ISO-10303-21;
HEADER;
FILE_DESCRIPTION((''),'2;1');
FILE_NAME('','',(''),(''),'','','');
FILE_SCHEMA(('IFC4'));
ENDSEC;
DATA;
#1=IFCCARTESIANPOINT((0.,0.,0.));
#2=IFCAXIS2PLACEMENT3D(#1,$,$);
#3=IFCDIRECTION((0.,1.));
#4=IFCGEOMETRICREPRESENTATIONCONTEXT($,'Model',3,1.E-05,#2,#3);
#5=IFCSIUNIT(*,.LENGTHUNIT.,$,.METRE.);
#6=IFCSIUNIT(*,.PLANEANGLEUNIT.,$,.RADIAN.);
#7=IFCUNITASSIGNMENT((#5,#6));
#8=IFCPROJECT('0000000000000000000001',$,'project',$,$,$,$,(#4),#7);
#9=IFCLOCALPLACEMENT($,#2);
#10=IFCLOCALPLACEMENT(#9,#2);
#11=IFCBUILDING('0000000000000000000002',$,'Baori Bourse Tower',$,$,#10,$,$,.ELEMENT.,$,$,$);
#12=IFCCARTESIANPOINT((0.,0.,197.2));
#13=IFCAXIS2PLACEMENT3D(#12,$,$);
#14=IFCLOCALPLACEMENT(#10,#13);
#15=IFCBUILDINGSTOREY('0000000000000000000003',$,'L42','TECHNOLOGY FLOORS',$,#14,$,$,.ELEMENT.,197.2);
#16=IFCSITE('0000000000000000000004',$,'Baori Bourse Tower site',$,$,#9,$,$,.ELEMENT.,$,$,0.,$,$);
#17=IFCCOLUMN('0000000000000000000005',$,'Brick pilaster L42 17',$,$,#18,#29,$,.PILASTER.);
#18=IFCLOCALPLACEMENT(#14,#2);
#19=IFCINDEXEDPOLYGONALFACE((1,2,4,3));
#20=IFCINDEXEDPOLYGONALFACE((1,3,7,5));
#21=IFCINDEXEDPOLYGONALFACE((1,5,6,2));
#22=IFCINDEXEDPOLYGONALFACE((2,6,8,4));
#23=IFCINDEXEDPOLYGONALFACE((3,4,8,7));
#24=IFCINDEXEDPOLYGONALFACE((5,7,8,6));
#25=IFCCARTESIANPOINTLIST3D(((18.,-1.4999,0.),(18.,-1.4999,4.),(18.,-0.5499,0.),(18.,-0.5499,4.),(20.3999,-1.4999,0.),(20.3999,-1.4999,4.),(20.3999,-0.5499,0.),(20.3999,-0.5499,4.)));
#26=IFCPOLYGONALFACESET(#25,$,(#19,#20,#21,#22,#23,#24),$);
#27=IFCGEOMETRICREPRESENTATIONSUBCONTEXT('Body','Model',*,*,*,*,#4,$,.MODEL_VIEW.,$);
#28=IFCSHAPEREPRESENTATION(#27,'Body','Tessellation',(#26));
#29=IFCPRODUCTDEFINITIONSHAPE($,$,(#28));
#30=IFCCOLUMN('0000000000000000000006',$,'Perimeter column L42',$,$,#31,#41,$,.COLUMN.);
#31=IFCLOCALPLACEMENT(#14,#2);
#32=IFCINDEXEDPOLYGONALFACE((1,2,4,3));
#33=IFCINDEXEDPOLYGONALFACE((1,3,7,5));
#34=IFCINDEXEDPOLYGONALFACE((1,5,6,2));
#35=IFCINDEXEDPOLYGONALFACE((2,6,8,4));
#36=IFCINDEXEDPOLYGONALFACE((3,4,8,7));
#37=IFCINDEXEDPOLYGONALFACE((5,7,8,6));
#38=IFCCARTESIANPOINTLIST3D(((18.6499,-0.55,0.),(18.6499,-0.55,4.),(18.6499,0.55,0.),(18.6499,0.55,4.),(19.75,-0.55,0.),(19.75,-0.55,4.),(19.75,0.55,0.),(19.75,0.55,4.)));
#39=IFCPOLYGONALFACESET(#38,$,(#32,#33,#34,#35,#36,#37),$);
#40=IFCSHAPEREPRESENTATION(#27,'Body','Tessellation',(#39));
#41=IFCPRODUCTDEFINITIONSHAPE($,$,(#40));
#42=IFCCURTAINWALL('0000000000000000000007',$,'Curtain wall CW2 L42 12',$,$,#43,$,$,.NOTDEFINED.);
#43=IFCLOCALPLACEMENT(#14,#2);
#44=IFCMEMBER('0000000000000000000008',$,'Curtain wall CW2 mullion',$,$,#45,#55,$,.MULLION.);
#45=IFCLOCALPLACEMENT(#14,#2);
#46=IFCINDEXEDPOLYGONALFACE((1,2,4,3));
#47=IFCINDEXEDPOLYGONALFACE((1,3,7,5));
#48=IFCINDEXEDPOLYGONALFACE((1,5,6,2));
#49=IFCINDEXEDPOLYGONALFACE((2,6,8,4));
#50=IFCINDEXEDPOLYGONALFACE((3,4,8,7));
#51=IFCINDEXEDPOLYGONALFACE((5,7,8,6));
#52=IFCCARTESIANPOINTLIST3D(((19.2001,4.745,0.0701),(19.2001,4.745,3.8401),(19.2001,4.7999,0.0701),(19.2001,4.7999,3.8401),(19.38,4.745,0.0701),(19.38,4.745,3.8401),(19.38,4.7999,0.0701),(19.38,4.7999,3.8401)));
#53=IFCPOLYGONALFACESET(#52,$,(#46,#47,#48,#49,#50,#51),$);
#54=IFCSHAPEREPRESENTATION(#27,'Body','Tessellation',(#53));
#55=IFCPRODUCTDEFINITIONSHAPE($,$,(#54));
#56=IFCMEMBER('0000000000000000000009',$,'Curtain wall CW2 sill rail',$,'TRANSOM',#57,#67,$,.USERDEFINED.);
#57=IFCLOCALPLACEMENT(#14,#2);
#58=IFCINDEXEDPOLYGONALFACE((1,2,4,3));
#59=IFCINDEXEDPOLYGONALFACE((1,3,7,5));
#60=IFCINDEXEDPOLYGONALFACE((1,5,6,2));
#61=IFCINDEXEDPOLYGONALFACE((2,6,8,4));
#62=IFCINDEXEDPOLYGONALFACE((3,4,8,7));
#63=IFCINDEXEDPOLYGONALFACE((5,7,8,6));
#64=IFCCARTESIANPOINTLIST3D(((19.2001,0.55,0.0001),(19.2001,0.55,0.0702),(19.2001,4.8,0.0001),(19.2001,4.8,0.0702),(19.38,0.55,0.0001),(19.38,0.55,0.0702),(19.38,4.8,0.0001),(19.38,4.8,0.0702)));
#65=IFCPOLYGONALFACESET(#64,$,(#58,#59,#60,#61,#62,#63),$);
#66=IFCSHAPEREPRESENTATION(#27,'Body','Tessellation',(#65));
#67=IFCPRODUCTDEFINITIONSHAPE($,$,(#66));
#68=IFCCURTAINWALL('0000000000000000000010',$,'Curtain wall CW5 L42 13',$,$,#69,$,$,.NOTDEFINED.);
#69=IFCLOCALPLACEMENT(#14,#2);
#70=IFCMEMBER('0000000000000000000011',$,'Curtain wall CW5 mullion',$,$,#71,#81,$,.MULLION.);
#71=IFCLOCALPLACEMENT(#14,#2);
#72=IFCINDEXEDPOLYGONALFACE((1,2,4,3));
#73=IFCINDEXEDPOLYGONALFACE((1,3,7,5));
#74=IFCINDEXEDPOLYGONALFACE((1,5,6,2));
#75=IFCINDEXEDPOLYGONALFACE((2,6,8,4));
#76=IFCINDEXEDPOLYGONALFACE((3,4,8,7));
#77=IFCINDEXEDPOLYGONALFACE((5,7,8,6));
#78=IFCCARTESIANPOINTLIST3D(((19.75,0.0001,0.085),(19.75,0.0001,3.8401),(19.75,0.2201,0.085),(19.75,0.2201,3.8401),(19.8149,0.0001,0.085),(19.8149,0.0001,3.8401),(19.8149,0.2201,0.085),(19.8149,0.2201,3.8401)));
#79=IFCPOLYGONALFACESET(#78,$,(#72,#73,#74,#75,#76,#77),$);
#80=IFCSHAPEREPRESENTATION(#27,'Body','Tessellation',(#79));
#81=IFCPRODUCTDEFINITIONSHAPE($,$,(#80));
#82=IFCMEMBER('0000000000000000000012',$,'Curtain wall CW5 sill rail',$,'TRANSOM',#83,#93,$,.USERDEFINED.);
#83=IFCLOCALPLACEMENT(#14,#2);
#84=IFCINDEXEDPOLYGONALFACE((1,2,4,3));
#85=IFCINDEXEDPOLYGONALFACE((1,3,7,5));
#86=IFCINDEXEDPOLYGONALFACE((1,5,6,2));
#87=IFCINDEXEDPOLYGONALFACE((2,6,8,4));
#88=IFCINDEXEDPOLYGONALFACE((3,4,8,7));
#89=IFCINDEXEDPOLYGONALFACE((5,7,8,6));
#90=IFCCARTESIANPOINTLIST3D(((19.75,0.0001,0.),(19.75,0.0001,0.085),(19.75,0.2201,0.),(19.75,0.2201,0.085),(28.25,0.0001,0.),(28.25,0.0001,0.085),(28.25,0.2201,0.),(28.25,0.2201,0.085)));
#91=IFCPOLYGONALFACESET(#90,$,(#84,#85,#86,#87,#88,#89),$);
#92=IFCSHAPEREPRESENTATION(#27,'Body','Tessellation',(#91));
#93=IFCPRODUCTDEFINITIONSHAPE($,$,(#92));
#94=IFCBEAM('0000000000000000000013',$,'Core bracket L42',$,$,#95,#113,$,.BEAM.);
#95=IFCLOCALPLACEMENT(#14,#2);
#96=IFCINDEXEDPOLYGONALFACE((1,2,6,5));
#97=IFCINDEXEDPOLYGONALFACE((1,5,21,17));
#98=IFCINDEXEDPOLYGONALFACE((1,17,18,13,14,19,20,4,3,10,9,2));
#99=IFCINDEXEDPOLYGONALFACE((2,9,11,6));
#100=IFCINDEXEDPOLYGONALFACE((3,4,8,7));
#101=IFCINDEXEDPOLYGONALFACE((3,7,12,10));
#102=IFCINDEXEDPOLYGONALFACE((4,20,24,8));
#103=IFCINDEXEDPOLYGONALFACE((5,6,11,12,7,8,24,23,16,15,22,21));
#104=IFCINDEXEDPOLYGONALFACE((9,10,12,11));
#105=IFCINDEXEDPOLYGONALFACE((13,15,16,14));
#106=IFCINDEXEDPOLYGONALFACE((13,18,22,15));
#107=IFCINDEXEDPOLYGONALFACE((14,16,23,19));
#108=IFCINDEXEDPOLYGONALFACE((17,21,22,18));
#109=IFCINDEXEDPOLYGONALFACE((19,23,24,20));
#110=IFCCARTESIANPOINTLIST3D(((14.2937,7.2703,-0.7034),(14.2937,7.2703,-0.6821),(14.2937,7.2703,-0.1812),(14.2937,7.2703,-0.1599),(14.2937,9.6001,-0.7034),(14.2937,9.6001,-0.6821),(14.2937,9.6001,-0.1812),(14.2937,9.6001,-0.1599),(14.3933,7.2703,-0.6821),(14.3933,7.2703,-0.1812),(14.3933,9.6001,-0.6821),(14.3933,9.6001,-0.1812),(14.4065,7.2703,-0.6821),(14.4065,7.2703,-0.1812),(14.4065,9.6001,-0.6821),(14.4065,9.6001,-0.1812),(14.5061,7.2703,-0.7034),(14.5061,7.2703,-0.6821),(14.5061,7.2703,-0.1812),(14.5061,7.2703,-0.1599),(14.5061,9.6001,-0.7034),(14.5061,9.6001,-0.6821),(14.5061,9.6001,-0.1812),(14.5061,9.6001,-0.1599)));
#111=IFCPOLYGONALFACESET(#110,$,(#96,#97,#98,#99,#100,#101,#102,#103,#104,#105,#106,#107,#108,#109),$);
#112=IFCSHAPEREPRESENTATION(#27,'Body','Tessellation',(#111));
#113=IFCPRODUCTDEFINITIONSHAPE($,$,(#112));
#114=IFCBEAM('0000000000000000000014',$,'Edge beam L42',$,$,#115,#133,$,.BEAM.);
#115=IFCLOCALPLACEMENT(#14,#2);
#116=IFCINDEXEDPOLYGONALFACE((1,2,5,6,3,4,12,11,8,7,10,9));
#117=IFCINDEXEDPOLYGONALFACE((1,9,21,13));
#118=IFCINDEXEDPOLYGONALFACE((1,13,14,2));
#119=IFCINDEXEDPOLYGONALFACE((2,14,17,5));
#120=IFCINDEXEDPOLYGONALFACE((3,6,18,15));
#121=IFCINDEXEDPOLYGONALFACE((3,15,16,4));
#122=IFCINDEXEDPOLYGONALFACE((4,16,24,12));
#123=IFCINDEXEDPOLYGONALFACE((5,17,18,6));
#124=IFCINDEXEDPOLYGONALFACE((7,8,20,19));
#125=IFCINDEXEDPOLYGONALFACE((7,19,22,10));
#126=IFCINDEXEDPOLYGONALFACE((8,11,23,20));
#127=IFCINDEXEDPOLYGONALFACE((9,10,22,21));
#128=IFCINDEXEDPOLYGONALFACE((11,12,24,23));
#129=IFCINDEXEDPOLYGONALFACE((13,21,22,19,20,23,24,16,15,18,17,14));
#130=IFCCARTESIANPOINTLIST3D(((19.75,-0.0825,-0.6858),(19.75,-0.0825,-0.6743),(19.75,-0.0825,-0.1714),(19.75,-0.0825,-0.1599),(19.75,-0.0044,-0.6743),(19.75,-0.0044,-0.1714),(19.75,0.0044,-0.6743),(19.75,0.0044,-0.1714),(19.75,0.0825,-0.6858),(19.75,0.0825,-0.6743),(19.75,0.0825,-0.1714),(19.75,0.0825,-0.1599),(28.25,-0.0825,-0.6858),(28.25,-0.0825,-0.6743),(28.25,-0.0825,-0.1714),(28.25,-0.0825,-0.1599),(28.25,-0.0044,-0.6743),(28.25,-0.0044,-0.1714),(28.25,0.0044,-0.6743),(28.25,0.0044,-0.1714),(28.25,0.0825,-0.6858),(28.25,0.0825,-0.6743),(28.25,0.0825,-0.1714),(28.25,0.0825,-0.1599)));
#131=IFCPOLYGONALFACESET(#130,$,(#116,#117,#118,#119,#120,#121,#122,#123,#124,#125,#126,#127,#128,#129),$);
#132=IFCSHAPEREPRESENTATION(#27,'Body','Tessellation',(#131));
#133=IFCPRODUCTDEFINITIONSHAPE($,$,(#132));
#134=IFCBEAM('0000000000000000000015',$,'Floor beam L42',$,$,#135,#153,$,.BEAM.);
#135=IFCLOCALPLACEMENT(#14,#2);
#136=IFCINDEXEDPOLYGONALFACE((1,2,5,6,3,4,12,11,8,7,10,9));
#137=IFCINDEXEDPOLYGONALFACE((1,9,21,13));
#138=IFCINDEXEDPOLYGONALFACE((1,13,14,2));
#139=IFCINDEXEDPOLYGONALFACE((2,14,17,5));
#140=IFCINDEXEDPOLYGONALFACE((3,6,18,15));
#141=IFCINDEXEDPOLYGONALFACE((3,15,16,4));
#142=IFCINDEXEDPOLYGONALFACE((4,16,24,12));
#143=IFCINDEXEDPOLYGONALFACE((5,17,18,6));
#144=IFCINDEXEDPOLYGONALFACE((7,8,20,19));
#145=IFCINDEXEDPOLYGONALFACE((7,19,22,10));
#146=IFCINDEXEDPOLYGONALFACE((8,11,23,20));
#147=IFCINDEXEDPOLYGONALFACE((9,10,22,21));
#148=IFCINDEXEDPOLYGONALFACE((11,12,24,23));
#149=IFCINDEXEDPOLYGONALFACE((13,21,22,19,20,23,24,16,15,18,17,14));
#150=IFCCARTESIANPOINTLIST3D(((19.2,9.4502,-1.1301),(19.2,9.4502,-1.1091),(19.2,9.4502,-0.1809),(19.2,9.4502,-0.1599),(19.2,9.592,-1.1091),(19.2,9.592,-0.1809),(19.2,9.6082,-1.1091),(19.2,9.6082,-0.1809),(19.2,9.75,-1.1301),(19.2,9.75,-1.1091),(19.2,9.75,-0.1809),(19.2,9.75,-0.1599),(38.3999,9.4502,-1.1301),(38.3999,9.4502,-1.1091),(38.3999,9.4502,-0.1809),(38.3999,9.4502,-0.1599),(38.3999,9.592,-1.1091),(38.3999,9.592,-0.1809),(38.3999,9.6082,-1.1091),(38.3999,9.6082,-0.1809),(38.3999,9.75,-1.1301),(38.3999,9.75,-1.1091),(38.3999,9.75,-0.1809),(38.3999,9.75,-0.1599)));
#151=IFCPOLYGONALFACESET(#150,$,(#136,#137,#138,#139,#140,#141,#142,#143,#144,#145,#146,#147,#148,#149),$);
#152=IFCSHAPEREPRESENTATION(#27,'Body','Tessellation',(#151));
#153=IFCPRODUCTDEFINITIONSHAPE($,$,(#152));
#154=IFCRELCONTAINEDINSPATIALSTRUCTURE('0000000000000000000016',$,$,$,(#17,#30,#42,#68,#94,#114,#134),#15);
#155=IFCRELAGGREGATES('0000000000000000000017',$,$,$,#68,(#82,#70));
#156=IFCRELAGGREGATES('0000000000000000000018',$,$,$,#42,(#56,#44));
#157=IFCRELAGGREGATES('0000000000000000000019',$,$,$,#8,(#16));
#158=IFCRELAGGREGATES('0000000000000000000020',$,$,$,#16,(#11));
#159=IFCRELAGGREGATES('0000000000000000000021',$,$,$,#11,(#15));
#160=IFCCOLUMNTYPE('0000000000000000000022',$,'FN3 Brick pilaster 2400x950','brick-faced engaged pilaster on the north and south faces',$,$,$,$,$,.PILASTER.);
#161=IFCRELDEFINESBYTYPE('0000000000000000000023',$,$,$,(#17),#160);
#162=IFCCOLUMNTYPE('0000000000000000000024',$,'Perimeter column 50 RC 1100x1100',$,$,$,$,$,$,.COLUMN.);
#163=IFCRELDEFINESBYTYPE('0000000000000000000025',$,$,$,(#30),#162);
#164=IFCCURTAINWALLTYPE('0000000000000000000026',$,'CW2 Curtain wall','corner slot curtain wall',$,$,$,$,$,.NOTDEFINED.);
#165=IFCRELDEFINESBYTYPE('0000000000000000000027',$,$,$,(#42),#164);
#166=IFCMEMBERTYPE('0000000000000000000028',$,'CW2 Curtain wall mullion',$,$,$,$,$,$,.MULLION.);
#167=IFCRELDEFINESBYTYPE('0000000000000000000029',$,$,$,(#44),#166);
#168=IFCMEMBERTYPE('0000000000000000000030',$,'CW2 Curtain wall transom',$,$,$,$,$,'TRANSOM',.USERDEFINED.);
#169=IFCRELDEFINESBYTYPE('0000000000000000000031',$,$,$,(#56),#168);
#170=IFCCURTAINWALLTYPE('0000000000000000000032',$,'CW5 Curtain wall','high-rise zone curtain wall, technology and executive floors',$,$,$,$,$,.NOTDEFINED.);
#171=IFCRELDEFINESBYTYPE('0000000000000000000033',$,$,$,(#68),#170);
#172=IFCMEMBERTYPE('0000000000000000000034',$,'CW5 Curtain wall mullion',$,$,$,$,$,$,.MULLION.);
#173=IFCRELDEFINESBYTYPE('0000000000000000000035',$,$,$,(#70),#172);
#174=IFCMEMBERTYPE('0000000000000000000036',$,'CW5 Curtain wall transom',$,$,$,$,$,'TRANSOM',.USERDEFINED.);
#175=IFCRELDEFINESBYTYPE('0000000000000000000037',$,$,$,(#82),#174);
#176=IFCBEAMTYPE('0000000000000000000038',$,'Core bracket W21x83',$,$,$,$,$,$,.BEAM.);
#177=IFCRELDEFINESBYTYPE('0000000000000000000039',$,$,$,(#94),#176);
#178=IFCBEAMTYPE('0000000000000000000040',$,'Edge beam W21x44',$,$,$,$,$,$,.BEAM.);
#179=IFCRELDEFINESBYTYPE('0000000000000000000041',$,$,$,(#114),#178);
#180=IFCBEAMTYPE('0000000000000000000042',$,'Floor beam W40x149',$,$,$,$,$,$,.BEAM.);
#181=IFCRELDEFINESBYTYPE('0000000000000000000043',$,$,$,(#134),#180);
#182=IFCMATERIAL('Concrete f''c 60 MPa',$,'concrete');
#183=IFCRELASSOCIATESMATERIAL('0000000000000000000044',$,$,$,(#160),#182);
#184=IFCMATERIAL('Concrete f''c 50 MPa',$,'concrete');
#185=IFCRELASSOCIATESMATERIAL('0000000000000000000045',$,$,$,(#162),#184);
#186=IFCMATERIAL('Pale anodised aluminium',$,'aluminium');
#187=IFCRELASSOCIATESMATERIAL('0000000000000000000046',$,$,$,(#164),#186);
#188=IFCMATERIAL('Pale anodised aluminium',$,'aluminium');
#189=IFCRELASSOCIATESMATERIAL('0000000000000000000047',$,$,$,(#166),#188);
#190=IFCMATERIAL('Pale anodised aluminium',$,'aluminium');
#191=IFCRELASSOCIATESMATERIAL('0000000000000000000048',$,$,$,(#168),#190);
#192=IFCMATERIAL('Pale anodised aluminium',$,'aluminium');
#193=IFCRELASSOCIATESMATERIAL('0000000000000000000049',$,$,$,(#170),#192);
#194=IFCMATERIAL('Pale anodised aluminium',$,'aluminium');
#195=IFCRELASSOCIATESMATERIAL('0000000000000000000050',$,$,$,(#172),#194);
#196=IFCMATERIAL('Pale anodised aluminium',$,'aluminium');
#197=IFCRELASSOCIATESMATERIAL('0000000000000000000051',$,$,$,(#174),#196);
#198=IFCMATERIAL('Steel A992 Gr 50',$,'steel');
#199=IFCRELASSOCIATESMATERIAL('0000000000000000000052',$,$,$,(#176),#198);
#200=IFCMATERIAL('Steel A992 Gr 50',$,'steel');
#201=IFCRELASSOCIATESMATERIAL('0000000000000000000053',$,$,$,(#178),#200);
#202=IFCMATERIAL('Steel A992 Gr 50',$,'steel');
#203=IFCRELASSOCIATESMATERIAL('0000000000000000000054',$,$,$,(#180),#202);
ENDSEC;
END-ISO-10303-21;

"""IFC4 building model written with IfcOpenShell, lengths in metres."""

from ifc_helpers import new_model, si_unit, direction, frame, origin, origin_2d, place, context, subcontext, project, spatial, rectangle, i_section, extrude, material, material_profile, profile_set, type_object, element, aggregate, save


model = new_model("IFC4")

# Units and contexts
model_context = context("Model", 3, precision=1e-05, world=origin(), true_north=direction((0.0, 1.0)))
body_context = subcontext(model_context, "Body", "Model", "MODEL_VIEW")
ifc_project = project(units=[si_unit("LENGTHUNIT", "METRE"), si_unit("PLANEANGLEUNIT", "RADIAN")], contexts=[model_context])

# Site, building, storey
site_placement = place(None, origin())
site = spatial("IfcSite", under=ifc_project, at=site_placement, Name="Baori Bourse Tower site", CompositionType="ELEMENT", RefElevation=0.0)
building_placement = place(site_placement, origin())
building = spatial("IfcBuilding", under=site, at=building_placement, Name="Baori Bourse Tower", CompositionType="ELEMENT")
storey_placement = place(building_placement, frame((0.0, 0.0, 197.2)))
storey = spatial("IfcBuildingStorey", under=building, at=storey_placement, Name="L42", Description="TECHNOLOGY FLOORS", CompositionType="ELEMENT", Elevation=197.2)

# Columns
ifc_material_1 = material(Name="Concrete f'c 60 MPa", Category="concrete")
ifc_material_profile_1 = material_profile(ifc_material_1, rectangle(XDim=2.3999, YDim=0.95, at=origin_2d()), Name="RC 2400x950")
ifc_profile_set_1 = profile_set([ifc_material_profile_1], Name="Concrete f'c 60 MPa")
column_type_1 = type_object("IfcColumnType", Name="FN3 Brick pilaster 2400x950", Description="brick-faced engaged pilaster on the north and south faces", PredefinedType="PILASTER", material=ifc_profile_set_1)
column_1_placement = place(storey_placement, frame((19.2, -1.0249, 0.0), z_axis=(0.0, 0.0, 1.0), x_axis=(1.0, 0.0, 0.0)))
element("IfcColumn", 1, at=column_1_placement, inside=storey, type_object=column_type_1, Name="Brick pilaster L42 17", PredefinedType="PILASTER", context=body_context, shape_type="SweptSolid", body=[
    extrude(rectangle(XDim=2.3999, YDim=0.95, at=origin_2d()), origin(), (0.0, 0.0, 1.0), 4.0),
])
ifc_material_2 = material(Name="Concrete f'c 50 MPa", Category="concrete")
ifc_material_profile_2 = material_profile(ifc_material_2, rectangle(XDim=1.1001, YDim=1.1001, at=origin_2d()), Name="RC 1100x1100")
ifc_profile_set_2 = profile_set([ifc_material_profile_2], Name="Concrete f'c 50 MPa")
column_type_2 = type_object("IfcColumnType", Name="Perimeter column 50 RC 1100x1100", PredefinedType="COLUMN", material=ifc_profile_set_2)
column_2_placement = place(storey_placement, frame((19.2, 0.0, 0.0), z_axis=(0.0, 0.0, 1.0), x_axis=(1.0, 0.0, 0.0)))
element("IfcColumn", 2, at=column_2_placement, inside=storey, type_object=column_type_2, Name="Perimeter column L42", PredefinedType="COLUMN", context=body_context, shape_type="SweptSolid", body=[
    extrude(rectangle(XDim=1.1001, YDim=1.1001, at=origin_2d()), origin(), (0.0, 0.0, 1.0), 4.0),
])

# Curtain walls, members
ifc_material_3 = material(Name="Pale anodised aluminium", Category="aluminium")
curtain_wall_type_1 = type_object("IfcCurtainWallType", Name="CW2 Curtain wall", Description="corner slot curtain wall", PredefinedType="NOTDEFINED", material=ifc_material_3)
curtain_wall_1_placement = place(storey_placement, origin())
curtain_wall_1 = element("IfcCurtainWall", 3, at=curtain_wall_1_placement, inside=storey, type_object=curtain_wall_type_1, Name="Curtain wall CW2 L42 12", PredefinedType="NOTDEFINED")
ifc_material_4 = material(Name="Pale anodised aluminium", Category="aluminium")
ifc_material_profile_3 = material_profile(ifc_material_4, rectangle(XDim=0.1799, YDim=0.0549, at=origin_2d()), Name="Mullion 55x180")
ifc_profile_set_3 = profile_set([ifc_material_profile_3], Name="Pale anodised aluminium")
member_type_1 = type_object("IfcMemberType", Name="CW2 Curtain wall mullion", PredefinedType="MULLION", material=ifc_profile_set_3)
member_1_placement = place(storey_placement, frame((19.29, 4.7725, 0.0701), z_axis=(0.0, 0.0, 1.0), x_axis=(1.0, 0.0, 0.0)))
member_1 = element("IfcMember", 4, at=member_1_placement, type_object=member_type_1, Name="Curtain wall CW2 mullion", PredefinedType="MULLION", context=body_context, shape_type="SweptSolid", body=[
    extrude(rectangle(XDim=0.1799, YDim=0.0549, at=origin_2d()), origin(), (0.0, 0.0, 1.0), 3.77),
])
ifc_material_5 = material(Name="Pale anodised aluminium", Category="aluminium")
ifc_material_profile_4 = material_profile(ifc_material_5, rectangle(XDim=0.1799, YDim=0.0701, at=origin_2d()), Name="Transom 70x180")
ifc_profile_set_4 = profile_set([ifc_material_profile_4], Name="Pale anodised aluminium")
member_type_2 = type_object("IfcMemberType", Name="CW2 Curtain wall transom", ElementType="TRANSOM", PredefinedType="USERDEFINED", material=ifc_profile_set_4)
member_2_placement = place(storey_placement, frame((19.29, 4.8, 0.0352), z_axis=(0.0, -1.0, 0.0), x_axis=(1.0, 0.0, 0.0)))
member_2 = element("IfcMember", 5, at=member_2_placement, type_object=member_type_2, Name="Curtain wall CW2 sill rail", ObjectType="TRANSOM", PredefinedType="USERDEFINED", context=body_context, shape_type="SweptSolid", body=[
    extrude(rectangle(XDim=0.1799, YDim=0.0701, at=origin_2d()), origin(), (0.0, 0.0, 1.0), 4.25),
])
ifc_material_6 = material(Name="Pale anodised aluminium", Category="aluminium")
curtain_wall_type_2 = type_object("IfcCurtainWallType", Name="CW5 Curtain wall", Description="high-rise zone curtain wall, technology and executive floors", PredefinedType="NOTDEFINED", material=ifc_material_6)
curtain_wall_2_placement = place(storey_placement, origin())
curtain_wall_2 = element("IfcCurtainWall", 6, at=curtain_wall_2_placement, inside=storey, type_object=curtain_wall_type_2, Name="Curtain wall CW5 L42 13", PredefinedType="NOTDEFINED")
ifc_material_7 = material(Name="Pale anodised aluminium", Category="aluminium")
ifc_material_profile_5 = material_profile(ifc_material_7, rectangle(XDim=0.22, YDim=0.0649, at=origin_2d()), Name="Mullion 65x220")
ifc_profile_set_5 = profile_set([ifc_material_profile_5], Name="Pale anodised aluminium")
member_type_3 = type_object("IfcMemberType", Name="CW5 Curtain wall mullion", PredefinedType="MULLION", material=ifc_profile_set_5)
member_3_placement = place(storey_placement, frame((19.7825, 0.1101, 0.085), z_axis=(0.0, 0.0, 1.0), x_axis=(0.0, 1.0, 0.0)))
member_3 = element("IfcMember", 7, at=member_3_placement, type_object=member_type_3, Name="Curtain wall CW5 mullion", PredefinedType="MULLION", context=body_context, shape_type="SweptSolid", body=[
    extrude(rectangle(XDim=0.22, YDim=0.0649, at=origin_2d()), origin(), (0.0, 0.0, 1.0), 3.7551),
])
ifc_material_8 = material(Name="Pale anodised aluminium", Category="aluminium")
ifc_material_profile_6 = material_profile(ifc_material_8, rectangle(XDim=0.22, YDim=0.085, at=origin_2d()), Name="Transom 85x220")
ifc_profile_set_6 = profile_set([ifc_material_profile_6], Name="Pale anodised aluminium")
member_type_4 = type_object("IfcMemberType", Name="CW5 Curtain wall transom", ElementType="TRANSOM", PredefinedType="USERDEFINED", material=ifc_profile_set_6)
member_4_placement = place(storey_placement, frame((19.75, 0.1101, 0.0425), z_axis=(1.0, 0.0, 0.0), x_axis=(0.0, 1.0, 0.0)))
member_4 = element("IfcMember", 8, at=member_4_placement, type_object=member_type_4, Name="Curtain wall CW5 sill rail", ObjectType="TRANSOM", PredefinedType="USERDEFINED", context=body_context, shape_type="SweptSolid", body=[
    extrude(rectangle(XDim=0.22, YDim=0.085, at=origin_2d()), origin(), (0.0, 0.0, 1.0), 8.5),
])
aggregate(curtain_wall_2, [member_4, member_3])

# Beams
ifc_material_9 = material(Name="Steel A992 Gr 50", Category="steel")
ifc_material_profile_7 = material_profile(ifc_material_9, i_section(OverallWidth=0.2124, OverallDepth=0.5435, WebThickness=0.0132, FlangeThickness=0.0212, at=origin_2d()), Name="W21x83")
ifc_profile_set_7 = profile_set([ifc_material_profile_7], Name="Steel A992 Gr 50")
beam_type_1 = type_object("IfcBeamType", Name="Core bracket W21x83", PredefinedType="BEAM", material=ifc_profile_set_7)
beam_1_placement = place(storey_placement, frame((14.3999, 7.2703, -0.4316), z_axis=(0.0, 1.0, 0.0), x_axis=(-1.0, 0.0, 0.0)))
element("IfcBeam", 9, at=beam_1_placement, inside=storey, type_object=beam_type_1, Name="Core bracket L42", PredefinedType="BEAM", context=body_context, shape_type="SweptSolid", body=[
    extrude(i_section(OverallWidth=0.2124, OverallDepth=0.5435, WebThickness=0.0132, FlangeThickness=0.0212, at=origin_2d()), origin(), (0.0, 0.0, 1.0), 2.3298),
])
ifc_material_10 = material(Name="Steel A992 Gr 50", Category="steel")
ifc_material_profile_8 = material_profile(ifc_material_10, i_section(OverallWidth=0.165, OverallDepth=0.5259, WebThickness=0.0088, FlangeThickness=0.0115, at=origin_2d()), Name="W21x44")
ifc_profile_set_8 = profile_set([ifc_material_profile_8], Name="Steel A992 Gr 50")
beam_type_2 = type_object("IfcBeamType", Name="Edge beam W21x44", PredefinedType="BEAM", material=ifc_profile_set_8)
beam_2_placement = place(storey_placement, frame((19.75, 0.0, -0.4229), z_axis=(1.0, 0.0, 0.0), x_axis=(0.0, 1.0, 0.0)))
element("IfcBeam", 10, at=beam_2_placement, inside=storey, type_object=beam_type_2, Name="Edge beam L42", PredefinedType="BEAM", context=body_context, shape_type="SweptSolid", body=[
    extrude(i_section(OverallWidth=0.165, OverallDepth=0.5259, WebThickness=0.0088, FlangeThickness=0.0115, at=origin_2d()), origin(), (0.0, 0.0, 1.0), 8.5),
])
ifc_material_11 = material(Name="Steel A992 Gr 50", Category="steel")
ifc_material_profile_9 = material_profile(ifc_material_11, i_section(OverallWidth=0.2998, OverallDepth=0.9702, WebThickness=0.0161, FlangeThickness=0.021, at=origin_2d()), Name="W40x149")
ifc_profile_set_9 = profile_set([ifc_material_profile_9], Name="Steel A992 Gr 50")
beam_type_3 = type_object("IfcBeamType", Name="Floor beam W40x149", PredefinedType="BEAM", material=ifc_profile_set_9)
beam_3_placement = place(storey_placement, frame((19.2, 9.6001, -0.645), z_axis=(1.0, 0.0, 0.0), x_axis=(0.0, 1.0, 0.0)))
element("IfcBeam", 11, at=beam_3_placement, inside=storey, type_object=beam_type_3, Name="Floor beam L42", PredefinedType="BEAM", context=body_context, shape_type="SweptSolid", body=[
    extrude(i_section(OverallWidth=0.2998, OverallDepth=0.9702, WebThickness=0.0161, FlangeThickness=0.021, at=origin_2d()), origin(), (0.0, 0.0, 1.0), 19.2),
])

aggregate(curtain_wall_1, [member_2, member_1])

save(model, "model.ifc")
